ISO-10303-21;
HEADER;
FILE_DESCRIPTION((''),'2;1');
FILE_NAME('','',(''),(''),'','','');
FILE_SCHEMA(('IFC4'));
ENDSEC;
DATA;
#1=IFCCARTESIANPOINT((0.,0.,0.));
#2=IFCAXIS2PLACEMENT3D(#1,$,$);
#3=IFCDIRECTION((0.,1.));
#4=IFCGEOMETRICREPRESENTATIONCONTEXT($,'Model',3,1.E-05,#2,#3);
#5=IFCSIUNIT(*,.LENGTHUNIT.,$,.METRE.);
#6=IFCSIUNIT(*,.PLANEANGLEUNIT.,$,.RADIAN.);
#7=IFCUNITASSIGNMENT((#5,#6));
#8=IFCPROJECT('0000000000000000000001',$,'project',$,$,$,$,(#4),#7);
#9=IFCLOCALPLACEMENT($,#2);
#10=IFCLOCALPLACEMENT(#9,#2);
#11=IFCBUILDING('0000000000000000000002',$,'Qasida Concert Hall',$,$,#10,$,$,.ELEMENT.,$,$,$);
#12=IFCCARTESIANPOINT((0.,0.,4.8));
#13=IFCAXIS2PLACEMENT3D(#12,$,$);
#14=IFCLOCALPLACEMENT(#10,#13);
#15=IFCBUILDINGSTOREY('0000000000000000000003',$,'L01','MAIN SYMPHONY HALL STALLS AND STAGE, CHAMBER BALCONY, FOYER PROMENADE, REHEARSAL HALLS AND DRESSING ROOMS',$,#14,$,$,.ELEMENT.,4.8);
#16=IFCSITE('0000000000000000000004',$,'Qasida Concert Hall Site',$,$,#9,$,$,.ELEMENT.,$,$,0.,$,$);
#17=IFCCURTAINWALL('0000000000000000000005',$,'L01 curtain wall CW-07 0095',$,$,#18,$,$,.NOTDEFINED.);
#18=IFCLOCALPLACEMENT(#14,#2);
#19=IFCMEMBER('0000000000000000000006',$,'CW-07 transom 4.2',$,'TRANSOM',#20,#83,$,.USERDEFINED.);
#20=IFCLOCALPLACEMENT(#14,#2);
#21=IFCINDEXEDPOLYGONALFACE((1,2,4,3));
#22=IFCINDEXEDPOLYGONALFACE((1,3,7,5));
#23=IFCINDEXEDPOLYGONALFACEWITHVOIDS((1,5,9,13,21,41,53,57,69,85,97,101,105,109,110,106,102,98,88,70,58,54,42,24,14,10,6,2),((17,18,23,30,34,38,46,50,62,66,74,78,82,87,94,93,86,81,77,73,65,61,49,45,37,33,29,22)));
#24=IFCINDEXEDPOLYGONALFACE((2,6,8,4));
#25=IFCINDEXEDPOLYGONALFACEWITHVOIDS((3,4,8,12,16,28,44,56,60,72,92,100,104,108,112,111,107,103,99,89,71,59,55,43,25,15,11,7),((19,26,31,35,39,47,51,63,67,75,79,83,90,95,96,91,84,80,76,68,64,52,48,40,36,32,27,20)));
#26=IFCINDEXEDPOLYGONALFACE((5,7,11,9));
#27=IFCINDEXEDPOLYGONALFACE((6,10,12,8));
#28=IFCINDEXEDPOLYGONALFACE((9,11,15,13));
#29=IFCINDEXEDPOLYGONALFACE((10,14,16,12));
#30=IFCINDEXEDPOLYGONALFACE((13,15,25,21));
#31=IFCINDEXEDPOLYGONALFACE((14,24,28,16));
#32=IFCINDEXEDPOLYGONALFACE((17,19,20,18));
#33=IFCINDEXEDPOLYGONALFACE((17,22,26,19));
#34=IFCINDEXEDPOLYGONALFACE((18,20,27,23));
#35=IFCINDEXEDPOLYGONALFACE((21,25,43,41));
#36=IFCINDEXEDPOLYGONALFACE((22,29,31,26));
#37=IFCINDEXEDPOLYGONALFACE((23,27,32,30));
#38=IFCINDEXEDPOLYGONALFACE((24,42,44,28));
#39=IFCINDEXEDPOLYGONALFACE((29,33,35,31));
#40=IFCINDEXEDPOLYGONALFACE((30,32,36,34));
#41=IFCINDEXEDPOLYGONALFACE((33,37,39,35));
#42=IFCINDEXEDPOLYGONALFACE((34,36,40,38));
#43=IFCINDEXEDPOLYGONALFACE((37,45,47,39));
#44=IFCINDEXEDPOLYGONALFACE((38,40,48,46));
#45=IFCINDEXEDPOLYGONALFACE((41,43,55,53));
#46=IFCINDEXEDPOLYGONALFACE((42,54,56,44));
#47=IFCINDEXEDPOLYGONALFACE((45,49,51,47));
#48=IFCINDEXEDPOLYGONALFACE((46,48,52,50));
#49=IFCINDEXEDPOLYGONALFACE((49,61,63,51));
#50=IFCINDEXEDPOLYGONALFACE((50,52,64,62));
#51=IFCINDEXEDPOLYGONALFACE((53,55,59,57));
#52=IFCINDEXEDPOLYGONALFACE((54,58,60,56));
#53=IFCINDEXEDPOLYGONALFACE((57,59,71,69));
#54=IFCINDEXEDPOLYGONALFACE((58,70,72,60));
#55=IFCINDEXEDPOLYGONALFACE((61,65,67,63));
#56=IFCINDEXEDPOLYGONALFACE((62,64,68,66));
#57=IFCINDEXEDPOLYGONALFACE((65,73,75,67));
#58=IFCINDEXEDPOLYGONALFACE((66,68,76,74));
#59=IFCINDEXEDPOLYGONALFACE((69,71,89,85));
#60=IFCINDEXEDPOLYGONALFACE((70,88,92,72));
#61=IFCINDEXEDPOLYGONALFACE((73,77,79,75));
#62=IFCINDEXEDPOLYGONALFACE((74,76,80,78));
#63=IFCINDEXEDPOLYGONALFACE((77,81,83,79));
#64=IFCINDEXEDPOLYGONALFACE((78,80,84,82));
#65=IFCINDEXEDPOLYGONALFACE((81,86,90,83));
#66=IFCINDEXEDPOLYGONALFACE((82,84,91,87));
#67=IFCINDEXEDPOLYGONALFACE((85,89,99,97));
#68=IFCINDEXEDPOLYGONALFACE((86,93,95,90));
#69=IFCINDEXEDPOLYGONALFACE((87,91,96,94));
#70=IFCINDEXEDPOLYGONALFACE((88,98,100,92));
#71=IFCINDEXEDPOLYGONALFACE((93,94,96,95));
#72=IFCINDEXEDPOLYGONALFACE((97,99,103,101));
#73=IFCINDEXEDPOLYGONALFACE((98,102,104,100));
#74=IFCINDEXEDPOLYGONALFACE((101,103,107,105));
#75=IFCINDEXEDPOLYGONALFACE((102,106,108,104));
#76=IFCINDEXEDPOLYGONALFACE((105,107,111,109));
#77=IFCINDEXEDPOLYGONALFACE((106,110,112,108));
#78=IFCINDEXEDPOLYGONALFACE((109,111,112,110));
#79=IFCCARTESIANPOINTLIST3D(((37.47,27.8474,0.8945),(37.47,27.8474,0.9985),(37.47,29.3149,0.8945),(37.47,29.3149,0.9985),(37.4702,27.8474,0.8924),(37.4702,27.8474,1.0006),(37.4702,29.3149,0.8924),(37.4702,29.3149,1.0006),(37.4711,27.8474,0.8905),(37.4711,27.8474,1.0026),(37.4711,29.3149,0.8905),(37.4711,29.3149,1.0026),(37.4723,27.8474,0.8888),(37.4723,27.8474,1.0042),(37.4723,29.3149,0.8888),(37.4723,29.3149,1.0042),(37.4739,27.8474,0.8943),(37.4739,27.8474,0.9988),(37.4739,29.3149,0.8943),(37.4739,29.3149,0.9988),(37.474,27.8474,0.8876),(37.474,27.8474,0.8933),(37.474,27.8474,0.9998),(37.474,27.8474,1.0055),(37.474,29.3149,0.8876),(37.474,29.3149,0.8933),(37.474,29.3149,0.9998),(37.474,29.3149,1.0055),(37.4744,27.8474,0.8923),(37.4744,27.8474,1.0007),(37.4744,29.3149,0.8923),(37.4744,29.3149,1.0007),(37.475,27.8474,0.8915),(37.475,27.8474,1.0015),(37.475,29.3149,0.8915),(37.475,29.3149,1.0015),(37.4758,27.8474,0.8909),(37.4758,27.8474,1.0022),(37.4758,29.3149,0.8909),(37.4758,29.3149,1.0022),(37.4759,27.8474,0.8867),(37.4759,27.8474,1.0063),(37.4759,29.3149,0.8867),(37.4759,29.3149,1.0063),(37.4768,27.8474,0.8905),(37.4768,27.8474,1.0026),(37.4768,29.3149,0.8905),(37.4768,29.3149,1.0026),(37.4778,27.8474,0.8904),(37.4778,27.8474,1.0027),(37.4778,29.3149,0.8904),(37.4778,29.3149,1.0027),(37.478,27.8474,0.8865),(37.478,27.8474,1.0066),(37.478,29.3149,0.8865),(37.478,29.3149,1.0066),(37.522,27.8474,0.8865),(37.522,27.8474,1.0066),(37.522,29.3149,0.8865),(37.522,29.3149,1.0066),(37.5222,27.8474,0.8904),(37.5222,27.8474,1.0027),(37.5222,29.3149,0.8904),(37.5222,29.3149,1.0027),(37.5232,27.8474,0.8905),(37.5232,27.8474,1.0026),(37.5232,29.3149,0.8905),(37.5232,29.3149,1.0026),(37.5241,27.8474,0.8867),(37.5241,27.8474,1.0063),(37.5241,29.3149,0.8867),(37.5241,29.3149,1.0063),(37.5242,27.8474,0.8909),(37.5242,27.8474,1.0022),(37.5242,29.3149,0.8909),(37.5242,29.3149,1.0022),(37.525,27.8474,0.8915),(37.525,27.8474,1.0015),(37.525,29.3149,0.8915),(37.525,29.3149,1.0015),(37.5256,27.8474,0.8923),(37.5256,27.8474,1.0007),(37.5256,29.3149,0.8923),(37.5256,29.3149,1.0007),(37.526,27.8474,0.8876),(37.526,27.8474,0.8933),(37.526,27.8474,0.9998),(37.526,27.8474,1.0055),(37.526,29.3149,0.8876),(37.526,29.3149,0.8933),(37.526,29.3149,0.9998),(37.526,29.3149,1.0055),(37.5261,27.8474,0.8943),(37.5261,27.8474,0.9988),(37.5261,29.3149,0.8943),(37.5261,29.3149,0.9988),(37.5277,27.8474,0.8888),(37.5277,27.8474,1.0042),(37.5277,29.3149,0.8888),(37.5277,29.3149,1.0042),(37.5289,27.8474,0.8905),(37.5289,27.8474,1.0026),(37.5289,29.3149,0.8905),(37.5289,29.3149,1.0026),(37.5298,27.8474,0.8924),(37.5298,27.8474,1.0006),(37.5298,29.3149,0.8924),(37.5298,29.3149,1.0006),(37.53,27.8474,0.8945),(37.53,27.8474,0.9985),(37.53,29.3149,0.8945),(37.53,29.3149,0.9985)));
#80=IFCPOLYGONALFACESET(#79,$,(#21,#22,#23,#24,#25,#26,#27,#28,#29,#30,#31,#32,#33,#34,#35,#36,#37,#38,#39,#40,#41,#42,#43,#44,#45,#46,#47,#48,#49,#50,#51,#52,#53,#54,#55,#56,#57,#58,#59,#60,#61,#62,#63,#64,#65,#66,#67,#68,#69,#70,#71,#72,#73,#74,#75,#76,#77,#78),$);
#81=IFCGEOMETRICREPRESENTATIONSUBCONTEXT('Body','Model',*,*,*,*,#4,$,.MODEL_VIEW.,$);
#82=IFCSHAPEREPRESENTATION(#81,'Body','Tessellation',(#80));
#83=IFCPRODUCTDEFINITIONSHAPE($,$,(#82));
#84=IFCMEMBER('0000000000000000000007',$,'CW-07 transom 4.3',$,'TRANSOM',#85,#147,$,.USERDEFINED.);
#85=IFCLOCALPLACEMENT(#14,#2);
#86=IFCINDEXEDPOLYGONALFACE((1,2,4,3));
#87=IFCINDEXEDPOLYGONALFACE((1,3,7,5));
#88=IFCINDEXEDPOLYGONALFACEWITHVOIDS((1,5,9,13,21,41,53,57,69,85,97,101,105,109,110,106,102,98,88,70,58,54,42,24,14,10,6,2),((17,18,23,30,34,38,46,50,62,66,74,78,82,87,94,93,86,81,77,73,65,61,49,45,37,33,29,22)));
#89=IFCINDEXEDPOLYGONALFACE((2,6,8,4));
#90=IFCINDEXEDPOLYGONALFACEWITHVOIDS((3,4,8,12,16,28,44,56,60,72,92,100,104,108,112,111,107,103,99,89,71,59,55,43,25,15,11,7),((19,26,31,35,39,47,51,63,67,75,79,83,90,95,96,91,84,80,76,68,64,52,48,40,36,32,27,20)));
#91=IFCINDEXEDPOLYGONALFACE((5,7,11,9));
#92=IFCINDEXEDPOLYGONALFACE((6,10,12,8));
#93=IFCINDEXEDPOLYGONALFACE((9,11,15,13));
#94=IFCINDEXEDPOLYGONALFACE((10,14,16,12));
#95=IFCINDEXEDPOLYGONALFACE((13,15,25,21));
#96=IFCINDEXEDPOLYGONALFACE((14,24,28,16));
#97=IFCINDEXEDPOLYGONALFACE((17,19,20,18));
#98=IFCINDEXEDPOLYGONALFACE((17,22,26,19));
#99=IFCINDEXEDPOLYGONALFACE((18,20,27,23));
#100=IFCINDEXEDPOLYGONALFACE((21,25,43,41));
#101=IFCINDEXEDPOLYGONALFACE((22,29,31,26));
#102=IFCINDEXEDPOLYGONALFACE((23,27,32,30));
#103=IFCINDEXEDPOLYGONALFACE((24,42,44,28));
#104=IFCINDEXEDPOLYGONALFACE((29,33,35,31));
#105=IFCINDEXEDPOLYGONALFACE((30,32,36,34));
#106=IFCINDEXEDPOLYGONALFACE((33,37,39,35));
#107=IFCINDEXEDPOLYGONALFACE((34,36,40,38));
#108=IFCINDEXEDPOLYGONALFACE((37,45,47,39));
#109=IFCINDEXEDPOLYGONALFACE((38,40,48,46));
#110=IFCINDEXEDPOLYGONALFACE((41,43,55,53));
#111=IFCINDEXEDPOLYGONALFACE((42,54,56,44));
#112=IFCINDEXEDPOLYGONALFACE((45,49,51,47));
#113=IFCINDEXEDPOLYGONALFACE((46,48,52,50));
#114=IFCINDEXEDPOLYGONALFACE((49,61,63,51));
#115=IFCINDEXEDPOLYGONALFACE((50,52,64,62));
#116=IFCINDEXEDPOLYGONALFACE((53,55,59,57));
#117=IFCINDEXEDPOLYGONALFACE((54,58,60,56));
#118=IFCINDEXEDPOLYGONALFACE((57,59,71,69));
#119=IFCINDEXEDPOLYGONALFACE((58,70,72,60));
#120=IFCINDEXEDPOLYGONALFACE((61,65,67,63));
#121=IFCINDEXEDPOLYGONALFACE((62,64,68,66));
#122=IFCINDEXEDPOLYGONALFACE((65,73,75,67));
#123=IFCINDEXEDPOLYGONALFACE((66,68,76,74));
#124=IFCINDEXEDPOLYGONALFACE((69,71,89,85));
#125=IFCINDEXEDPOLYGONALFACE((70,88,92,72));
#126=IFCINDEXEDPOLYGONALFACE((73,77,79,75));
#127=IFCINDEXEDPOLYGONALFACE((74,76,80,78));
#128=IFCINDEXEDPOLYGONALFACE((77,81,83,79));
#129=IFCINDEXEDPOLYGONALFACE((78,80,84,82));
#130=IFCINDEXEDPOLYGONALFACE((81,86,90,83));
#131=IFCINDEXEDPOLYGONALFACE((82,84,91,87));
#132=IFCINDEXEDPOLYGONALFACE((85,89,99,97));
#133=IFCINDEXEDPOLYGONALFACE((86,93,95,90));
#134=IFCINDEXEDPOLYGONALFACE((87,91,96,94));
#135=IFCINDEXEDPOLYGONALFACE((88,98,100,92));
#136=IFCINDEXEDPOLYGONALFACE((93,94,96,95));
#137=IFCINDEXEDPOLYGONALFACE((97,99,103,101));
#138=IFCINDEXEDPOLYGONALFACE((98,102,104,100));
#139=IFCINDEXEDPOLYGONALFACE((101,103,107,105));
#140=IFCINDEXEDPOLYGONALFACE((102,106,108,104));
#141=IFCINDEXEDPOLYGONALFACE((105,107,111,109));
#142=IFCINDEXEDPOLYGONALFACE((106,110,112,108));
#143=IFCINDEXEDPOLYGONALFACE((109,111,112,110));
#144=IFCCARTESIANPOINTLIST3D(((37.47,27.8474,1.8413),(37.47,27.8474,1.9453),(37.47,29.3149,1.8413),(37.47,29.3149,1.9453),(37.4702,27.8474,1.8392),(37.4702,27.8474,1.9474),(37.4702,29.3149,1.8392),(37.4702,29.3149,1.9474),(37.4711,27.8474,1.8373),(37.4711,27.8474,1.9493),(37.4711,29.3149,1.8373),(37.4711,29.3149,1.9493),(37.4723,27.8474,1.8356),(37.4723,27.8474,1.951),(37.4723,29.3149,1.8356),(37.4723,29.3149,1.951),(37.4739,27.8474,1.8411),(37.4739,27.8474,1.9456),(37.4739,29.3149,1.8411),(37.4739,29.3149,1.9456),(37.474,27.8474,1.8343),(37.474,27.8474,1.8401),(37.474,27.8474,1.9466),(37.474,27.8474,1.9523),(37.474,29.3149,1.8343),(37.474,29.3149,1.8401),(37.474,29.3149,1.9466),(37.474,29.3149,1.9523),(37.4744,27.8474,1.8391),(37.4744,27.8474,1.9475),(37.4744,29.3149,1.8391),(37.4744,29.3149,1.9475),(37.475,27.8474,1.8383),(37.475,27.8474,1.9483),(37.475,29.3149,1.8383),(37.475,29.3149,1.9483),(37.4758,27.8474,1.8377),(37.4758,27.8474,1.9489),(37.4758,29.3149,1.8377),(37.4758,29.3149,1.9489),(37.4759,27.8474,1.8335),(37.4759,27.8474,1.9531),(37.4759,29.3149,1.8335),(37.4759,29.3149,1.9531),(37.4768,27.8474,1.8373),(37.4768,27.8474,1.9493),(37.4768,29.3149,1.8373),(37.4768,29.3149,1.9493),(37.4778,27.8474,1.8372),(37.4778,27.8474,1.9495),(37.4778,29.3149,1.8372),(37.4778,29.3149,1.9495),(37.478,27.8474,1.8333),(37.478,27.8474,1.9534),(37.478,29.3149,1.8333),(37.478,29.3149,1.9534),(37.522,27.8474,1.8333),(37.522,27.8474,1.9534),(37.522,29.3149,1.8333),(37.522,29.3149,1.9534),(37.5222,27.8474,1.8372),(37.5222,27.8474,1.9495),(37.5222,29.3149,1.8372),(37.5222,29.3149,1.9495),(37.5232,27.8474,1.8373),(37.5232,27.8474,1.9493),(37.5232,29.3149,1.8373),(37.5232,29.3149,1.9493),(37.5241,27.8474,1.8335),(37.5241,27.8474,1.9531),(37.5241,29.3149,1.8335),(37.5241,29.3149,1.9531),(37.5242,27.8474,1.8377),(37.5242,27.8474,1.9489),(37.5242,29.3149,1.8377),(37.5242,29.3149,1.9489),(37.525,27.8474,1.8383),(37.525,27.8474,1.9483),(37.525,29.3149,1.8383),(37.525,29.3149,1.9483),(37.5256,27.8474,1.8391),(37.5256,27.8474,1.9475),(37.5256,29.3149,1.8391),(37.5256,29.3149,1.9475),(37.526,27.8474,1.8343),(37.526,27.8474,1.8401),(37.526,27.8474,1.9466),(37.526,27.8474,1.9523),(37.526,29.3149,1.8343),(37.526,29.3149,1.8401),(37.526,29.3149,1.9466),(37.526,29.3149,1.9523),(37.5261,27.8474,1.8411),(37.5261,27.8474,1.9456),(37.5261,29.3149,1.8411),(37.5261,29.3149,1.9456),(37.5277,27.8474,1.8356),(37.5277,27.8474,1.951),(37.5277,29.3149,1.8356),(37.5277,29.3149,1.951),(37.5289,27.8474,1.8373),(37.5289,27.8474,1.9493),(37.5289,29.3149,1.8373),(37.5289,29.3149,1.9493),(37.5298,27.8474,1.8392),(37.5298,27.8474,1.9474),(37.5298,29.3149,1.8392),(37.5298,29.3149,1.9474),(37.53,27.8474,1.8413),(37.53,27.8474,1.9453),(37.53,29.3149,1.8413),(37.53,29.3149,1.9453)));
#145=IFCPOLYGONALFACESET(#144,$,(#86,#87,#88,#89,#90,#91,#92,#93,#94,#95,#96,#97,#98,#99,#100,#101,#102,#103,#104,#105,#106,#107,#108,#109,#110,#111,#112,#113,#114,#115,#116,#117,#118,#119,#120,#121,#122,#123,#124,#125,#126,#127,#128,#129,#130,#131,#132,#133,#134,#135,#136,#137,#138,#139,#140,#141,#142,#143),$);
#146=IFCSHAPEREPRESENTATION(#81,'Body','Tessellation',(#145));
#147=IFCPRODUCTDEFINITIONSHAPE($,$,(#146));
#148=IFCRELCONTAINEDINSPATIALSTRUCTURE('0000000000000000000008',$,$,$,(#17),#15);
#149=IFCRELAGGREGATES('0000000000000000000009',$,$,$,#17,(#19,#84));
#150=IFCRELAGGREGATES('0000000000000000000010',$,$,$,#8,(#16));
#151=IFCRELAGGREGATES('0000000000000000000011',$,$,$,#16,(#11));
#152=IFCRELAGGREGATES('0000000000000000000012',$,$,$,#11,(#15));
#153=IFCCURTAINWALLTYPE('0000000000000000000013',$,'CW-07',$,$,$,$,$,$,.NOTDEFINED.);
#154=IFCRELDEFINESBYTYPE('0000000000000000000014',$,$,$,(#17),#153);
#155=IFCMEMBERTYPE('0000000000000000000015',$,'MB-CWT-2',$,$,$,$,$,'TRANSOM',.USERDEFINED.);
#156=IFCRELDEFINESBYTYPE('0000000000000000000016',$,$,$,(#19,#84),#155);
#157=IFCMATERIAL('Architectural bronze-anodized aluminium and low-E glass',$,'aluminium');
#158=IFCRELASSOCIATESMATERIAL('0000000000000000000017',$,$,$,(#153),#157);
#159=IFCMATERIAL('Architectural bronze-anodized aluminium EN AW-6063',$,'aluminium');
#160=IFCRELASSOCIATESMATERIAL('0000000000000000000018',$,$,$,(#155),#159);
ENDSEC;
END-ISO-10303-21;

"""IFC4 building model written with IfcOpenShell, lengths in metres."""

from ifc_helpers import new_model, si_unit, direction, frame, origin, origin_2d, place, context, subcontext, project, spatial, hollow_rectangle, extrude, material, material_profile, profile_set, type_object, element, aggregate, save


model = new_model("IFC4")

# Units and contexts
model_context = context("Model", 3, precision=1e-05, world=origin(), true_north=direction((0.0, 1.0)))
body_context = subcontext(model_context, "Body", "Model", "MODEL_VIEW")
ifc_project = project(units=[si_unit("LENGTHUNIT", "METRE"), si_unit("PLANEANGLEUNIT", "RADIAN")], contexts=[model_context])

# Site, building, storey
site_placement = place(None, origin())
site = spatial("IfcSite", under=ifc_project, at=site_placement, Name="Qasida Concert Hall Site", CompositionType="ELEMENT", RefElevation=0.0)
building_placement = place(site_placement, origin())
building = spatial("IfcBuilding", under=site, at=building_placement, Name="Qasida Concert Hall", CompositionType="ELEMENT")
storey_placement = place(building_placement, frame((0.0, 0.0, 4.8)))
storey = spatial("IfcBuildingStorey", under=building, at=storey_placement, Name="L01", Description="MAIN SYMPHONY HALL STALLS AND STAGE, CHAMBER BALCONY, FOYER PROMENADE, REHEARSAL HALLS AND DRESSING ROOMS", CompositionType="ELEMENT", Elevation=4.8)

# Curtain wall
ifc_material_1 = material(Name="Architectural bronze-anodized aluminium and low-E glass", Category="aluminium")
curtain_wall_type_1 = type_object("IfcCurtainWallType", Name="CW-07", PredefinedType="NOTDEFINED", material=ifc_material_1)
curtain_wall_1_placement = place(storey_placement, origin())
curtain_wall_1 = element("IfcCurtainWall", 1, at=curtain_wall_1_placement, inside=storey, type_object=curtain_wall_type_1, Name="L01 curtain wall CW-07 0095", PredefinedType="NOTDEFINED")
ifc_material_2 = material(Name="Architectural bronze-anodized aluminium EN AW-6063", Category="aluminium")

# Members
ifc_material_profile_1 = material_profile(ifc_material_2, hollow_rectangle(XDim=0.0601, YDim=0.1201, WallThickness=0.0039, InnerFilletRadius=0.0039, OuterFilletRadius=0.0081, at=origin_2d()), Name="CWT 120x60x4")
ifc_profile_set_1 = profile_set([ifc_material_profile_1], Name="Architectural bronze-anodized aluminium EN AW-6063")
member_type_1 = type_object("IfcMemberType", Name="MB-CWT-2", ElementType="TRANSOM", PredefinedType="USERDEFINED", material=ifc_profile_set_1)
member_1_placement = place(storey_placement, frame((37.5, 27.8474, 0.9465), z_axis=(0.0, 1.0, 0.0), x_axis=(-1.0, 0.0, 0.0)))
member_1 = element("IfcMember", 2, at=member_1_placement, type_object=member_type_1, Name="CW-07 transom 4.2", ObjectType="TRANSOM", PredefinedType="USERDEFINED", context=body_context, shape_type="SweptSolid", body=[
    extrude(hollow_rectangle(XDim=0.0601, YDim=0.1201, WallThickness=0.0039, InnerFilletRadius=0.0039, OuterFilletRadius=0.0081, at=origin_2d()), origin(), (0.0, 0.0, 1.0), 1.4675),
])
member_2_placement = place(storey_placement, frame((37.5, 27.8474, 1.8933), z_axis=(0.0, 1.0, 0.0), x_axis=(-1.0, 0.0, 0.0)))
member_2 = element("IfcMember", 3, at=member_2_placement, type_object=member_type_1, Name="CW-07 transom 4.3", ObjectType="TRANSOM", PredefinedType="USERDEFINED", context=body_context, shape_type="SweptSolid", body=[
    extrude(hollow_rectangle(XDim=0.0601, YDim=0.1201, WallThickness=0.0039, InnerFilletRadius=0.0039, OuterFilletRadius=0.0081, at=origin_2d()), origin(), (0.0, 0.0, 1.0), 1.4675),
])

aggregate(curtain_wall_1, [member_1, member_2])

save(model, "model.ifc")
